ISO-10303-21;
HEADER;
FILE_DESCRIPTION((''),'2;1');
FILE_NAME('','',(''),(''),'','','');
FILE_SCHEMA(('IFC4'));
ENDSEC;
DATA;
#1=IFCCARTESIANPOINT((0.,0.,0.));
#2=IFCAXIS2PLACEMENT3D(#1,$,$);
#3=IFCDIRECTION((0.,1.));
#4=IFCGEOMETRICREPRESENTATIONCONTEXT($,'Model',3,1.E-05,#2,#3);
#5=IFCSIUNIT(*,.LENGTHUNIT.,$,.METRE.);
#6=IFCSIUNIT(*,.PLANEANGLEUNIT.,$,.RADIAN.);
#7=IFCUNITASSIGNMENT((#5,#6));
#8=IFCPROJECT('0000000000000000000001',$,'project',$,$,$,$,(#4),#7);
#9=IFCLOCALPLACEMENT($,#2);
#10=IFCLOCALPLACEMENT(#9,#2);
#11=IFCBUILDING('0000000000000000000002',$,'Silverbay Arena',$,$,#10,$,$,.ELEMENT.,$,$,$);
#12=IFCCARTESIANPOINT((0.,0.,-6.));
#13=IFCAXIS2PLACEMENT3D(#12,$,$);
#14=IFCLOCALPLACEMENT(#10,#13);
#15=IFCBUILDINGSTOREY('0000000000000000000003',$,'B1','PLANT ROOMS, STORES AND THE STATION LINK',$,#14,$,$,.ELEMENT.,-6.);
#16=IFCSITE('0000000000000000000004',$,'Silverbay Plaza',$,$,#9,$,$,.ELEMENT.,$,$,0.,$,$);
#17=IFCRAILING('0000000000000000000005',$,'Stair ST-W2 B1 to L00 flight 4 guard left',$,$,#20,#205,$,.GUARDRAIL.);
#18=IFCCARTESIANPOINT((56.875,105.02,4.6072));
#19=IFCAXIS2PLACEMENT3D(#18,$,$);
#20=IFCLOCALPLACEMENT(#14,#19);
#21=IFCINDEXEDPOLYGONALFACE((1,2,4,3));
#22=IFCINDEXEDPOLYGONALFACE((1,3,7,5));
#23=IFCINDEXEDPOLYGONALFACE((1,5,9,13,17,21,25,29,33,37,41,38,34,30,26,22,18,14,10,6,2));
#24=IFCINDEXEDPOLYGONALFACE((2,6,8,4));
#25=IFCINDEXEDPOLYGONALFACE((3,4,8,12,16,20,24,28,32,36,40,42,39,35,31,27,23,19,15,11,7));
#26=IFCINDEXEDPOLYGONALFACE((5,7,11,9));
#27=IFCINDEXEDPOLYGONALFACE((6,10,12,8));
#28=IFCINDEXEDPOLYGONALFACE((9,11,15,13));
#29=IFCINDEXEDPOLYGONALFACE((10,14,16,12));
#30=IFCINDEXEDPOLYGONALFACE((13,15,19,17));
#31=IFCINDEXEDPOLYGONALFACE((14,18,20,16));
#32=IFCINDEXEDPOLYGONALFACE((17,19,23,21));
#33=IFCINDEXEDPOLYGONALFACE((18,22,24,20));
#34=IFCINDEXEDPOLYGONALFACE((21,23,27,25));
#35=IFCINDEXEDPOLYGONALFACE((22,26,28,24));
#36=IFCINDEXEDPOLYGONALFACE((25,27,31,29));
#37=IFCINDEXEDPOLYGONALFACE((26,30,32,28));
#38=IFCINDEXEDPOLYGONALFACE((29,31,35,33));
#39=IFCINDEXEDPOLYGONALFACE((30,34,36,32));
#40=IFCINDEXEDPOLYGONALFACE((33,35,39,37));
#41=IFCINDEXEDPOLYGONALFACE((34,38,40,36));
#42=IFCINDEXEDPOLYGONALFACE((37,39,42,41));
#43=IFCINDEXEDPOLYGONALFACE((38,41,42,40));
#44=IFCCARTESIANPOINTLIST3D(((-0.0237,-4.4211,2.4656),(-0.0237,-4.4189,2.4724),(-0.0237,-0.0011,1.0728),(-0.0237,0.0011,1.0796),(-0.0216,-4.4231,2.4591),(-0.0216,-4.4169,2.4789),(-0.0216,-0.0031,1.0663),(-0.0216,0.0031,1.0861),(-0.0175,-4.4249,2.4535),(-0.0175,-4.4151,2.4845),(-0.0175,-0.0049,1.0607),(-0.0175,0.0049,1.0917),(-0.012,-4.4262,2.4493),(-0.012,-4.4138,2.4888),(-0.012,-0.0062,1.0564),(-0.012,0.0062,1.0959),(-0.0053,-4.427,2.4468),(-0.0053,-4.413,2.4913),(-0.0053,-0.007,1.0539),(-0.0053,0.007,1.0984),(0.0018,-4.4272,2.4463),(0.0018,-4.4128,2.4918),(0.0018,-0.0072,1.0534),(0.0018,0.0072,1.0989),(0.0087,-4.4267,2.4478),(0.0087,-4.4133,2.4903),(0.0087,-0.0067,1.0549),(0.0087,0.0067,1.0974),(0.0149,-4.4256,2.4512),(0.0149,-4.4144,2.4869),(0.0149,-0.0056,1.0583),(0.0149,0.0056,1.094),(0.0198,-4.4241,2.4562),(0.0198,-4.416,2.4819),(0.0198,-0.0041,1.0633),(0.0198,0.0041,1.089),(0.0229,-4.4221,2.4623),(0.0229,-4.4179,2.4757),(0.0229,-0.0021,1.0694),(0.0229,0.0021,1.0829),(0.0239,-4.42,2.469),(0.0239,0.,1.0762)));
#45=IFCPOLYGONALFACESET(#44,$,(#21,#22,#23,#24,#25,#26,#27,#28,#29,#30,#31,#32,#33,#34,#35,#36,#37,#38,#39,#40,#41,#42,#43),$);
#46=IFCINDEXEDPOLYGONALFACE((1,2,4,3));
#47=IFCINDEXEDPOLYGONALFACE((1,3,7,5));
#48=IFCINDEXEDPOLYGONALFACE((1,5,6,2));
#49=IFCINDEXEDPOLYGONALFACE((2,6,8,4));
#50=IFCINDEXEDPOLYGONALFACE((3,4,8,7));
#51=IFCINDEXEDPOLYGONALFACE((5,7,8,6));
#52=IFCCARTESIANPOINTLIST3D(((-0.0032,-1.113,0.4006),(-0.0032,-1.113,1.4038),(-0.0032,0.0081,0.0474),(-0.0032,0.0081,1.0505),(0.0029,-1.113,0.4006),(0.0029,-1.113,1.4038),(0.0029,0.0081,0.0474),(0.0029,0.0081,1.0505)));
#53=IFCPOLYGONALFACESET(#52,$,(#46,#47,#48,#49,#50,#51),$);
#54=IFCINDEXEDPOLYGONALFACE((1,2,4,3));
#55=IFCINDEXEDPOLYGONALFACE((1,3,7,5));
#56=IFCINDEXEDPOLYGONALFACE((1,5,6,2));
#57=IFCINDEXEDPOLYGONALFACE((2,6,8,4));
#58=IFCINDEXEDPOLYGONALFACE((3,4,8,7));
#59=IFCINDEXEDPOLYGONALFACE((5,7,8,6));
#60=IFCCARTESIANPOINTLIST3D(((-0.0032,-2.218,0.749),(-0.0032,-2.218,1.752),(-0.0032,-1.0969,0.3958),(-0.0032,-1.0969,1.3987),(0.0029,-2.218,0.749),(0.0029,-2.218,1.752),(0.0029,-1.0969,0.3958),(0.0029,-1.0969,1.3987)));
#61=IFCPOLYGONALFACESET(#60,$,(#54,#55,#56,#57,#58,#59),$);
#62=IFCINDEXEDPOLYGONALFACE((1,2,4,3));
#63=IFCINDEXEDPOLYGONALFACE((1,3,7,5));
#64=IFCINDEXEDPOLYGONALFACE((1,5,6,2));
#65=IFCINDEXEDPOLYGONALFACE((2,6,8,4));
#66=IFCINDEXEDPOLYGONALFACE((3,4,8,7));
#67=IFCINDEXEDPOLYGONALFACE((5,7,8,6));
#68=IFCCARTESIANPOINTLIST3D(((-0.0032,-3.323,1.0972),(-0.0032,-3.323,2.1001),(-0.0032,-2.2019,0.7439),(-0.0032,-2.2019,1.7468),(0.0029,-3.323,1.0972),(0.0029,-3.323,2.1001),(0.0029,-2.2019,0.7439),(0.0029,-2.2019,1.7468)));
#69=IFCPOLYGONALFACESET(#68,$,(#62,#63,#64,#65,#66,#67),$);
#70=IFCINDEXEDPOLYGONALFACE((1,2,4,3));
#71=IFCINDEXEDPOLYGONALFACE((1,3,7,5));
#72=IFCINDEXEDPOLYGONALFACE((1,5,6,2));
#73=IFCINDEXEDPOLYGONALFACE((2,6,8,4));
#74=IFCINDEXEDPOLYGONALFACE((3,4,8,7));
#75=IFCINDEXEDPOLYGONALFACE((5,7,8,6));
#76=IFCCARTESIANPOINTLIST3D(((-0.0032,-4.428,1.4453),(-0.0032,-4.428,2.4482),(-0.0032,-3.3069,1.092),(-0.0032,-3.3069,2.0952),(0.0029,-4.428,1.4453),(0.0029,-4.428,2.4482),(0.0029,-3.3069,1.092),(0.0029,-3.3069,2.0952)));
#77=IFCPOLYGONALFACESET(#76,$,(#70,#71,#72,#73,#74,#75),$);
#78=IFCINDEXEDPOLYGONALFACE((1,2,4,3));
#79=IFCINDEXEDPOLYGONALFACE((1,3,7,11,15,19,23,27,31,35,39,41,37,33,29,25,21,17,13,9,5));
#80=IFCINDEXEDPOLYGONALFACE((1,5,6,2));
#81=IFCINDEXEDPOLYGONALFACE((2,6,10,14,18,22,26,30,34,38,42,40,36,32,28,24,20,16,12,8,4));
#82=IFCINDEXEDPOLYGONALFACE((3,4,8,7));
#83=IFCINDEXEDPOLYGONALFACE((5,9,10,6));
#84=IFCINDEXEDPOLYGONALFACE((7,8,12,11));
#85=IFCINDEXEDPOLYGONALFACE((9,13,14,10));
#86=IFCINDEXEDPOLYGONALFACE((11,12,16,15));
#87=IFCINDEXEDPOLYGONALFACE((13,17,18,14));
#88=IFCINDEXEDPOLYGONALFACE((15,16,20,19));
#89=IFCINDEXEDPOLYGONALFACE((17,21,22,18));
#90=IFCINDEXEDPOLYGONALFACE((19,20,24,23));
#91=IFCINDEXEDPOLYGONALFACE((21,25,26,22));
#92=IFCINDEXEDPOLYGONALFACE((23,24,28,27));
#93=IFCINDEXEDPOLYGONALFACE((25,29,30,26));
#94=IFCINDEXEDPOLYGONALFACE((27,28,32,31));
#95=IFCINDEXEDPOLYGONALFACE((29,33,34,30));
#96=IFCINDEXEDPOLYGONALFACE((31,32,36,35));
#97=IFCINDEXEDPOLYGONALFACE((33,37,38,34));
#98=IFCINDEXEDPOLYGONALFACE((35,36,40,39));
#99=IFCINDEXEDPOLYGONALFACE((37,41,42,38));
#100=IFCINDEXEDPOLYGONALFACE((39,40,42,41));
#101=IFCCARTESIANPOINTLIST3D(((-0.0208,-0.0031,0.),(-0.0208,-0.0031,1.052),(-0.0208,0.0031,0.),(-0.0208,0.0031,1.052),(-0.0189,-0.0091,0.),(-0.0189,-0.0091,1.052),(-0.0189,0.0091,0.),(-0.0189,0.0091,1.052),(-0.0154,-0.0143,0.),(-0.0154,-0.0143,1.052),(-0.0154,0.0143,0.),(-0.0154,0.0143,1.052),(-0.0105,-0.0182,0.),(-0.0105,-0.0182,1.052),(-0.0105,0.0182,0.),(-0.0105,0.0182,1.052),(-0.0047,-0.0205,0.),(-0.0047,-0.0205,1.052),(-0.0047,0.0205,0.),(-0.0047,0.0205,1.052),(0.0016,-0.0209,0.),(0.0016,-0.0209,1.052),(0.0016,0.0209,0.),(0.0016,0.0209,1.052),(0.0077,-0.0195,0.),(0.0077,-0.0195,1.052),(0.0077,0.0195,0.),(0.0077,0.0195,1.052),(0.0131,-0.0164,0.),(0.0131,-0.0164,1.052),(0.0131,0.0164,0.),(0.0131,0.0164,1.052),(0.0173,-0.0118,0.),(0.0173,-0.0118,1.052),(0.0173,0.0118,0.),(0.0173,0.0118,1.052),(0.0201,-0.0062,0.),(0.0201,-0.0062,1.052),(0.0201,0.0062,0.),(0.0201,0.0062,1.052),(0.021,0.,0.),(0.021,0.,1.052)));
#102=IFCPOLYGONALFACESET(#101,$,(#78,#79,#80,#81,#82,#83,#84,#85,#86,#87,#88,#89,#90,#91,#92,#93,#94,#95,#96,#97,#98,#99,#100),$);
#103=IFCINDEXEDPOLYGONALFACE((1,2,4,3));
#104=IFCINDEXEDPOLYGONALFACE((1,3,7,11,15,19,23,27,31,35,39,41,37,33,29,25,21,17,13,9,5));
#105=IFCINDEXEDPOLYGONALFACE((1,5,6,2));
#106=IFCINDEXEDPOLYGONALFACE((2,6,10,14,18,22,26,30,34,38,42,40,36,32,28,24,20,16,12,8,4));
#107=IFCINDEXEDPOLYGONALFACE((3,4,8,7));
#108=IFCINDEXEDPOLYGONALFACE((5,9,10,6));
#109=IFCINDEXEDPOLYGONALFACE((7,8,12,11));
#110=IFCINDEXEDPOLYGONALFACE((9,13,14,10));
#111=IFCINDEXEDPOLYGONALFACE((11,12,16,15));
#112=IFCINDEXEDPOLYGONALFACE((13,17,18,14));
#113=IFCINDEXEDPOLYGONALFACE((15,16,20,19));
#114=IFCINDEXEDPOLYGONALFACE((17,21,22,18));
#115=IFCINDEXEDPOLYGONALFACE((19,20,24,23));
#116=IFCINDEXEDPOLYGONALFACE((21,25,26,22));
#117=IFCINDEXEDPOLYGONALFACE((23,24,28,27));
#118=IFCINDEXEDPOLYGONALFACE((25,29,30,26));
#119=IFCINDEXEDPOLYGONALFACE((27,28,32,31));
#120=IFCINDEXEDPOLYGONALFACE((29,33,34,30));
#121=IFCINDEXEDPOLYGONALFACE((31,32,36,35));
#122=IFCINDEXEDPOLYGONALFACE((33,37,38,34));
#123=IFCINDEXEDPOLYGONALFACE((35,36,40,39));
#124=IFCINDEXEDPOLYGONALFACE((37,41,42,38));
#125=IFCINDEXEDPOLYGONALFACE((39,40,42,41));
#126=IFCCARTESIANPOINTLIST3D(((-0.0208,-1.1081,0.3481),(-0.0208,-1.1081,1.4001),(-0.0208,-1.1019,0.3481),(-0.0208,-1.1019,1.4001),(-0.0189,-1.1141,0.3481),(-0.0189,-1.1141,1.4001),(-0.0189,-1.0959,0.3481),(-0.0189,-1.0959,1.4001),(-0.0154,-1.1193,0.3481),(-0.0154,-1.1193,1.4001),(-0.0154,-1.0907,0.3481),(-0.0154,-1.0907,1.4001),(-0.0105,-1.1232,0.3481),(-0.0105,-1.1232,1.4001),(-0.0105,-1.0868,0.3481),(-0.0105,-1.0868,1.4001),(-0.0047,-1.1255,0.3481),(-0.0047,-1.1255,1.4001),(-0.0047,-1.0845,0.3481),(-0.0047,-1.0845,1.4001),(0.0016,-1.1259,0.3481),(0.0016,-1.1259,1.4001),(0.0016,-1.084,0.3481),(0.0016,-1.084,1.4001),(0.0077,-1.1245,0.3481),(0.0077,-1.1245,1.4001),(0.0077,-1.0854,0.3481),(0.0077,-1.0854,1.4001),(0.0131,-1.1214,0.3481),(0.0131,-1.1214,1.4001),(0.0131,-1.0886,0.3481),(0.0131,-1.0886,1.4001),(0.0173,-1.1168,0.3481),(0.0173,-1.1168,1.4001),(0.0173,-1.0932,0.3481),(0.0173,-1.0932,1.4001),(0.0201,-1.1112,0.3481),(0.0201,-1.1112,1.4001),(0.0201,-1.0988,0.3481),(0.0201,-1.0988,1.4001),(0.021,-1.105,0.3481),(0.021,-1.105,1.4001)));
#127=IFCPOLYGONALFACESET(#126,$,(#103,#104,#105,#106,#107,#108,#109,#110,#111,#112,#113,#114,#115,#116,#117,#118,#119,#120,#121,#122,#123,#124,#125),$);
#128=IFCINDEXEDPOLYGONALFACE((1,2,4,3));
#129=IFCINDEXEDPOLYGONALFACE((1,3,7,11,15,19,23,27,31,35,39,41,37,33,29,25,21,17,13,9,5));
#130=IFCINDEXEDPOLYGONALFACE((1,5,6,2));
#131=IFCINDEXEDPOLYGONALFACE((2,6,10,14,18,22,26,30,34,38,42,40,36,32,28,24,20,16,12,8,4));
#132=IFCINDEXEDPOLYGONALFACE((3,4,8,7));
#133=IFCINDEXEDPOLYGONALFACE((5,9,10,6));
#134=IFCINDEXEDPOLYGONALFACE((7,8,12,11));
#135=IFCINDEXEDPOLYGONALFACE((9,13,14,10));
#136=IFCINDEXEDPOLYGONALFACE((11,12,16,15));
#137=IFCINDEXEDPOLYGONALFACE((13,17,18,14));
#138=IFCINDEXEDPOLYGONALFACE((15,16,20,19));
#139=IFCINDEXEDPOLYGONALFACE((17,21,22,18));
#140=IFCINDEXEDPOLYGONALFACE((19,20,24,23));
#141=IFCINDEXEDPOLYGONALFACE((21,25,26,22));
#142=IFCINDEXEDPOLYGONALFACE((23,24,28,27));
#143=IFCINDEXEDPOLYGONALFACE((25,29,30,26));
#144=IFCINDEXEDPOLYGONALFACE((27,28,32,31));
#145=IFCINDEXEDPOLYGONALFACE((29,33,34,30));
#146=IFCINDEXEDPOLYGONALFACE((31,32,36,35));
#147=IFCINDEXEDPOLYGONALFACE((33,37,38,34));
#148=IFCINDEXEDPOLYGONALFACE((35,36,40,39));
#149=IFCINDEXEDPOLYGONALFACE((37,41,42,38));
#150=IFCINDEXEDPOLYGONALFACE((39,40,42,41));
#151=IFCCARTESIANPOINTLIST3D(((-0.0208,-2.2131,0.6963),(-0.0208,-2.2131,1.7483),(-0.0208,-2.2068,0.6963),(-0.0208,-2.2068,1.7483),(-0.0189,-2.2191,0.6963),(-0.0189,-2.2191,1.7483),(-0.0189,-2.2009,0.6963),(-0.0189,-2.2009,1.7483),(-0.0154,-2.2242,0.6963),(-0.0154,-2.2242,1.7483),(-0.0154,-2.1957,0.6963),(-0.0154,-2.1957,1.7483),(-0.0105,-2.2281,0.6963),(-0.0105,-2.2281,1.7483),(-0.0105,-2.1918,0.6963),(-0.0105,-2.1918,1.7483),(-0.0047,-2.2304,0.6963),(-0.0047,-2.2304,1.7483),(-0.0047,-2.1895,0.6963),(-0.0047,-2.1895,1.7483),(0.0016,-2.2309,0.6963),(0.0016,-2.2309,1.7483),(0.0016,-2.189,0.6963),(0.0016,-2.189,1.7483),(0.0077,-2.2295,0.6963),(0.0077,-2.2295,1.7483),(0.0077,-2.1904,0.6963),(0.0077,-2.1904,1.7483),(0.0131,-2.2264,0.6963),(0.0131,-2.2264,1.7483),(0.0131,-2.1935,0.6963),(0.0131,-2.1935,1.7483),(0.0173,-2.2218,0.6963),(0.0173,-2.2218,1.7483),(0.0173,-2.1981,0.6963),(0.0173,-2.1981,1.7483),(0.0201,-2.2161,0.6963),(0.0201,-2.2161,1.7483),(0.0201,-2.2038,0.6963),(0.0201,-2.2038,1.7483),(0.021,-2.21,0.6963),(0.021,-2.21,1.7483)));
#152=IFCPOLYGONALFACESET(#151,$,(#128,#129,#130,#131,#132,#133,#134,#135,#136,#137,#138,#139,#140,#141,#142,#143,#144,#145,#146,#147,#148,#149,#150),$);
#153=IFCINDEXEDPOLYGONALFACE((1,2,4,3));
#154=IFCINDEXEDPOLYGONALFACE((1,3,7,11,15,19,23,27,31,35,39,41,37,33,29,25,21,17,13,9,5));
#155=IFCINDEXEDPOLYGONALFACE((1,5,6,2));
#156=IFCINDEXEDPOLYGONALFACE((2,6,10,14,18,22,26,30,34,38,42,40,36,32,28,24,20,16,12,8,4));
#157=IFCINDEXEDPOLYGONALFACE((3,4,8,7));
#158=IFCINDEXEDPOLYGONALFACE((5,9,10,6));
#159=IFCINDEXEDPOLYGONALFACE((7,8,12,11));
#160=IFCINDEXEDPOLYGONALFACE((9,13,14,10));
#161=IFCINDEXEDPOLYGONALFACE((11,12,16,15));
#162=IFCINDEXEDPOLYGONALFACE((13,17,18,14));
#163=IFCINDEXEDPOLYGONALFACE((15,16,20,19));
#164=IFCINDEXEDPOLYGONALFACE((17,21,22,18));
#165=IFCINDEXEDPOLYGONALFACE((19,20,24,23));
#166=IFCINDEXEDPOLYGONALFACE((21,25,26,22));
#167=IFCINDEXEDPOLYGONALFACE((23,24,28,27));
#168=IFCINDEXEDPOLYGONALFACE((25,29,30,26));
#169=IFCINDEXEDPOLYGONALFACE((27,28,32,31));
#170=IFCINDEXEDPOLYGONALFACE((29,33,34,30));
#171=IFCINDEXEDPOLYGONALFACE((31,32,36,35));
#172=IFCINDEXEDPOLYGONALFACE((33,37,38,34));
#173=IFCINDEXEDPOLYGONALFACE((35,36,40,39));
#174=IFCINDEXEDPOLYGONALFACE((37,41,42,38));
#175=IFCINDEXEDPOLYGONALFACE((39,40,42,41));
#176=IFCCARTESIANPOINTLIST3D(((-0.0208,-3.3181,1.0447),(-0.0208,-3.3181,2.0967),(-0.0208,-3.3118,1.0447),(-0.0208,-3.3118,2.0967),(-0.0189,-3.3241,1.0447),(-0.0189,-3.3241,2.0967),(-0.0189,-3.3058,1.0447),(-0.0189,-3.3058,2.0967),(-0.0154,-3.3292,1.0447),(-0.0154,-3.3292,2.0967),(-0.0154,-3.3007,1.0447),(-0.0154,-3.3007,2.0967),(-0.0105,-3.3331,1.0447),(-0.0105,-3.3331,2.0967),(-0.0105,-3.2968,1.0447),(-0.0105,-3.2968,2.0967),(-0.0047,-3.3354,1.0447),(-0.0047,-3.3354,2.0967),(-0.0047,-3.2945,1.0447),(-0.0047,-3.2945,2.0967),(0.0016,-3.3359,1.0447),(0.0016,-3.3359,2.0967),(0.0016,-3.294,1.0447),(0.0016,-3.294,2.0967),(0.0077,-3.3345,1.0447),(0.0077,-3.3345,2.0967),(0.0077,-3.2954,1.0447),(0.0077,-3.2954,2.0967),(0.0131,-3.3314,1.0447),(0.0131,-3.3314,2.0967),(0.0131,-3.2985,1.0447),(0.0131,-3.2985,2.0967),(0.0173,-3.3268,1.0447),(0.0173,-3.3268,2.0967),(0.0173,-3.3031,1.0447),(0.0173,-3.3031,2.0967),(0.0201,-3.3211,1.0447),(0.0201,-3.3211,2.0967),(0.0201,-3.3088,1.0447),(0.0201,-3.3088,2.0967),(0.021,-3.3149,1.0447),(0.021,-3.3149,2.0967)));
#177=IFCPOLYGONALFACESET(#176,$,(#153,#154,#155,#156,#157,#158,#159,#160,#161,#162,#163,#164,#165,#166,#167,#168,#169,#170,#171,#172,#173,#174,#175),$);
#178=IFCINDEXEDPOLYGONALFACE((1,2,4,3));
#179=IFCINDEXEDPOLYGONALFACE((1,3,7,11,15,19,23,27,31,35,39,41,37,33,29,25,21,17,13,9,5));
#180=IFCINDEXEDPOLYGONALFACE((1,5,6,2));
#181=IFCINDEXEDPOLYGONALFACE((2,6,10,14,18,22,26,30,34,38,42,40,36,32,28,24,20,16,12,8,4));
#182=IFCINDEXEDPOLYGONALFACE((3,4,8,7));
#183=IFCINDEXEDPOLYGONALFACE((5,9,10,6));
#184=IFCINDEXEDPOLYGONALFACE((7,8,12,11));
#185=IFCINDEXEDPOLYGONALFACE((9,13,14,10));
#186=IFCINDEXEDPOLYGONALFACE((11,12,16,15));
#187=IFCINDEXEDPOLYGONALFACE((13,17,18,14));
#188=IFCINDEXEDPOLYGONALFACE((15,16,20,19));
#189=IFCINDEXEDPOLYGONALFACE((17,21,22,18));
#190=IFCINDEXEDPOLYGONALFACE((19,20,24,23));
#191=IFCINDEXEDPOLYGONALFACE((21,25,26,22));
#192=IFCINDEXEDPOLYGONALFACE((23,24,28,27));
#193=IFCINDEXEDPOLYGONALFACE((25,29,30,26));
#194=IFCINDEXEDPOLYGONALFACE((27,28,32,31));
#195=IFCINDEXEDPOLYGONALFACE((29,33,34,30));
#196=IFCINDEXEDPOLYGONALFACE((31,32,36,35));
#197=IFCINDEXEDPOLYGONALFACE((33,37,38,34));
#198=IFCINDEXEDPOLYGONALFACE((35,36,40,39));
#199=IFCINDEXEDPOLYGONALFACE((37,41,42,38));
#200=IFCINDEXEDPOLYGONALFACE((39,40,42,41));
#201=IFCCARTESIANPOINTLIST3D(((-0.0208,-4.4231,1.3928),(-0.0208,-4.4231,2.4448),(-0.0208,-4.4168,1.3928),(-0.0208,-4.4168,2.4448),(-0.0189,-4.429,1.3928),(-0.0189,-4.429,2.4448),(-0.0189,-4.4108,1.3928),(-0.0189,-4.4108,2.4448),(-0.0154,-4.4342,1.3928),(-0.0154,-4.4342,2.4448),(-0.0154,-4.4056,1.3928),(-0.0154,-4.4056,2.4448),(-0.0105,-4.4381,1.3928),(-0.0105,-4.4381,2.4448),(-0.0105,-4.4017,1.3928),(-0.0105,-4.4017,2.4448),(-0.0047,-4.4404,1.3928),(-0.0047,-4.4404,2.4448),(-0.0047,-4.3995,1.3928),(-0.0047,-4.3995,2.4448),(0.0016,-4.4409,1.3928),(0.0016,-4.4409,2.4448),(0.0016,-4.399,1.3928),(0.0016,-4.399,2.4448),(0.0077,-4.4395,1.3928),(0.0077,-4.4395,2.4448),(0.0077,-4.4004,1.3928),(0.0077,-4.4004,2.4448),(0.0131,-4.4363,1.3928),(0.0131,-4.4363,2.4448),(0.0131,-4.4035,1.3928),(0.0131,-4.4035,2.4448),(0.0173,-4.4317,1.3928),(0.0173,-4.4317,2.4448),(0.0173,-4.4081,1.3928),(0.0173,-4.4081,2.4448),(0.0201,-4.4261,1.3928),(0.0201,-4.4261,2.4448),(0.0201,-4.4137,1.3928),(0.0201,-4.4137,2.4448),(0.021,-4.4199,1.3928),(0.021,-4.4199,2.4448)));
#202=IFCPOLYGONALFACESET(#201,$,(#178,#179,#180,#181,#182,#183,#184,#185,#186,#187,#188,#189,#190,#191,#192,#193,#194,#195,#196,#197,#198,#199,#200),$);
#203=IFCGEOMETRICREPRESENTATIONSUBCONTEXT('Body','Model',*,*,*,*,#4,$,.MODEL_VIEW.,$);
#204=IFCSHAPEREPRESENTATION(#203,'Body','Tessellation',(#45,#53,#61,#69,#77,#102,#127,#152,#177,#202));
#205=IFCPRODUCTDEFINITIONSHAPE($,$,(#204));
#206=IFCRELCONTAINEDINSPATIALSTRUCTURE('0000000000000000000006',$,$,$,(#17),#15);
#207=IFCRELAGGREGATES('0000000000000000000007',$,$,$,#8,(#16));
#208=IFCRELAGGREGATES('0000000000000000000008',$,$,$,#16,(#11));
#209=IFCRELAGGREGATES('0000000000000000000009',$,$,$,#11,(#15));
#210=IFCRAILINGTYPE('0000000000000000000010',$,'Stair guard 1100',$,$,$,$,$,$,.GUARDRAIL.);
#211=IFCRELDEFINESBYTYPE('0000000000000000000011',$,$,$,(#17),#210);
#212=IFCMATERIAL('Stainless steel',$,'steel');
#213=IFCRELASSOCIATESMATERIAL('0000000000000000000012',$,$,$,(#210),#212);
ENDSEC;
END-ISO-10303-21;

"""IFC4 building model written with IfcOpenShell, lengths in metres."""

from ifc_helpers import new_model, si_unit, direction, frame, origin, origin_2d, place, context, subcontext, project, spatial, polyline, circle, outline, extrude, material, type_object, element, save


model = new_model("IFC4")

# Units and contexts
model_context = context("Model", 3, precision=1e-05, world=origin(), true_north=direction((0.0, 1.0)))
body_context = subcontext(model_context, "Body", "Model", "MODEL_VIEW")
ifc_project = project(units=[si_unit("LENGTHUNIT", "METRE"), si_unit("PLANEANGLEUNIT", "RADIAN")], contexts=[model_context])

# Site, building, storey
site_placement = place(None, origin())
site = spatial("IfcSite", under=ifc_project, at=site_placement, Name="Silverbay Plaza", CompositionType="ELEMENT", RefElevation=0.0)
building_placement = place(site_placement, origin())
building = spatial("IfcBuilding", under=site, at=building_placement, Name="Silverbay Arena", CompositionType="ELEMENT")
storey_placement = place(building_placement, frame((0.0, 0.0, -6.0)))
storey = spatial("IfcBuildingStorey", under=building, at=storey_placement, Name="B1", Description="PLANT ROOMS, STORES AND THE STATION LINK", CompositionType="ELEMENT", Elevation=-6.0)

# Railing
ifc_material_1 = material(Name="Stainless steel", Category="steel")
railing_type_1 = type_object("IfcRailingType", Name="Stair guard 1100", PredefinedType="GUARDRAIL", material=ifc_material_1)
railing_1_placement = place(storey_placement, frame((56.875, 105.02, 4.6072)))
element("IfcRailing", 1, at=railing_1_placement, inside=storey, type_object=railing_type_1, Name="Stair ST-W2 B1 to L00 flight 4 guard left", PredefinedType="GUARDRAIL", context=body_context, shape_type="SweptSolid", body=[
    extrude(circle(Radius=0.0239, at=origin_2d()), frame((0.0, 0.0, 1.0762), z_axis=(0.0, -0.953765, 0.300554), x_axis=(1.0, 0.0, 0.0)), (0.0, 0.0, 1.0), 4.6343),
    extrude(outline(polyline([(-0.0081, 0.0474), (1.113, 0.4006), (1.113, 1.4038), (-0.0081, 1.0505), (-0.0081, 0.0474)])), frame((0.0029, 0.0, 0.0), z_axis=(-1.0, 0.0, 0.0), x_axis=(0.0, -1.0, 0.0)), (0.0, 0.0, 1.0), 0.0061),
    extrude(outline(polyline([(-0.0081, 0.3958), (1.113, 0.749), (1.113, 1.752), (-0.0081, 1.3987), (-0.0081, 0.3958)])), frame((0.0029, -1.105, 0.0), z_axis=(-1.0, 0.0, 0.0), x_axis=(0.0, -1.0, 0.0)), (0.0, 0.0, 1.0), 0.0061),
    extrude(outline(polyline([(-0.0081, 0.7439), (1.113, 1.0972), (1.113, 2.1001), (-0.0081, 1.7468), (-0.0081, 0.7439)])), frame((0.0029, -2.21, 0.0), z_axis=(-1.0, 0.0, 0.0), x_axis=(0.0, -1.0, 0.0)), (0.0, 0.0, 1.0), 0.0061),
    extrude(outline(polyline([(-0.0081, 1.092), (1.113, 1.4453), (1.113, 2.4482), (-0.0081, 2.0952), (-0.0081, 1.092)])), frame((0.0029, -3.3149, 0.0), z_axis=(-1.0, 0.0, 0.0), x_axis=(0.0, -1.0, 0.0)), (0.0, 0.0, 1.0), 0.0061),
    extrude(circle(Radius=0.021, at=origin_2d()), origin(), (0.0, 0.0, 1.0), 1.052),
    extrude(circle(Radius=0.021, at=origin_2d()), frame((0.0, -1.105, 0.3481)), (0.0, 0.0, 1.0), 1.052),
    extrude(circle(Radius=0.021, at=origin_2d()), frame((0.0, -2.21, 0.6963)), (0.0, 0.0, 1.0), 1.052),
    extrude(circle(Radius=0.021, at=origin_2d()), frame((0.0, -3.3149, 1.0447)), (0.0, 0.0, 1.0), 1.052),
    extrude(circle(Radius=0.021, at=origin_2d()), frame((0.0, -4.4199, 1.3928)), (0.0, 0.0, 1.0), 1.052),
])

save(model, "model.ifc")
